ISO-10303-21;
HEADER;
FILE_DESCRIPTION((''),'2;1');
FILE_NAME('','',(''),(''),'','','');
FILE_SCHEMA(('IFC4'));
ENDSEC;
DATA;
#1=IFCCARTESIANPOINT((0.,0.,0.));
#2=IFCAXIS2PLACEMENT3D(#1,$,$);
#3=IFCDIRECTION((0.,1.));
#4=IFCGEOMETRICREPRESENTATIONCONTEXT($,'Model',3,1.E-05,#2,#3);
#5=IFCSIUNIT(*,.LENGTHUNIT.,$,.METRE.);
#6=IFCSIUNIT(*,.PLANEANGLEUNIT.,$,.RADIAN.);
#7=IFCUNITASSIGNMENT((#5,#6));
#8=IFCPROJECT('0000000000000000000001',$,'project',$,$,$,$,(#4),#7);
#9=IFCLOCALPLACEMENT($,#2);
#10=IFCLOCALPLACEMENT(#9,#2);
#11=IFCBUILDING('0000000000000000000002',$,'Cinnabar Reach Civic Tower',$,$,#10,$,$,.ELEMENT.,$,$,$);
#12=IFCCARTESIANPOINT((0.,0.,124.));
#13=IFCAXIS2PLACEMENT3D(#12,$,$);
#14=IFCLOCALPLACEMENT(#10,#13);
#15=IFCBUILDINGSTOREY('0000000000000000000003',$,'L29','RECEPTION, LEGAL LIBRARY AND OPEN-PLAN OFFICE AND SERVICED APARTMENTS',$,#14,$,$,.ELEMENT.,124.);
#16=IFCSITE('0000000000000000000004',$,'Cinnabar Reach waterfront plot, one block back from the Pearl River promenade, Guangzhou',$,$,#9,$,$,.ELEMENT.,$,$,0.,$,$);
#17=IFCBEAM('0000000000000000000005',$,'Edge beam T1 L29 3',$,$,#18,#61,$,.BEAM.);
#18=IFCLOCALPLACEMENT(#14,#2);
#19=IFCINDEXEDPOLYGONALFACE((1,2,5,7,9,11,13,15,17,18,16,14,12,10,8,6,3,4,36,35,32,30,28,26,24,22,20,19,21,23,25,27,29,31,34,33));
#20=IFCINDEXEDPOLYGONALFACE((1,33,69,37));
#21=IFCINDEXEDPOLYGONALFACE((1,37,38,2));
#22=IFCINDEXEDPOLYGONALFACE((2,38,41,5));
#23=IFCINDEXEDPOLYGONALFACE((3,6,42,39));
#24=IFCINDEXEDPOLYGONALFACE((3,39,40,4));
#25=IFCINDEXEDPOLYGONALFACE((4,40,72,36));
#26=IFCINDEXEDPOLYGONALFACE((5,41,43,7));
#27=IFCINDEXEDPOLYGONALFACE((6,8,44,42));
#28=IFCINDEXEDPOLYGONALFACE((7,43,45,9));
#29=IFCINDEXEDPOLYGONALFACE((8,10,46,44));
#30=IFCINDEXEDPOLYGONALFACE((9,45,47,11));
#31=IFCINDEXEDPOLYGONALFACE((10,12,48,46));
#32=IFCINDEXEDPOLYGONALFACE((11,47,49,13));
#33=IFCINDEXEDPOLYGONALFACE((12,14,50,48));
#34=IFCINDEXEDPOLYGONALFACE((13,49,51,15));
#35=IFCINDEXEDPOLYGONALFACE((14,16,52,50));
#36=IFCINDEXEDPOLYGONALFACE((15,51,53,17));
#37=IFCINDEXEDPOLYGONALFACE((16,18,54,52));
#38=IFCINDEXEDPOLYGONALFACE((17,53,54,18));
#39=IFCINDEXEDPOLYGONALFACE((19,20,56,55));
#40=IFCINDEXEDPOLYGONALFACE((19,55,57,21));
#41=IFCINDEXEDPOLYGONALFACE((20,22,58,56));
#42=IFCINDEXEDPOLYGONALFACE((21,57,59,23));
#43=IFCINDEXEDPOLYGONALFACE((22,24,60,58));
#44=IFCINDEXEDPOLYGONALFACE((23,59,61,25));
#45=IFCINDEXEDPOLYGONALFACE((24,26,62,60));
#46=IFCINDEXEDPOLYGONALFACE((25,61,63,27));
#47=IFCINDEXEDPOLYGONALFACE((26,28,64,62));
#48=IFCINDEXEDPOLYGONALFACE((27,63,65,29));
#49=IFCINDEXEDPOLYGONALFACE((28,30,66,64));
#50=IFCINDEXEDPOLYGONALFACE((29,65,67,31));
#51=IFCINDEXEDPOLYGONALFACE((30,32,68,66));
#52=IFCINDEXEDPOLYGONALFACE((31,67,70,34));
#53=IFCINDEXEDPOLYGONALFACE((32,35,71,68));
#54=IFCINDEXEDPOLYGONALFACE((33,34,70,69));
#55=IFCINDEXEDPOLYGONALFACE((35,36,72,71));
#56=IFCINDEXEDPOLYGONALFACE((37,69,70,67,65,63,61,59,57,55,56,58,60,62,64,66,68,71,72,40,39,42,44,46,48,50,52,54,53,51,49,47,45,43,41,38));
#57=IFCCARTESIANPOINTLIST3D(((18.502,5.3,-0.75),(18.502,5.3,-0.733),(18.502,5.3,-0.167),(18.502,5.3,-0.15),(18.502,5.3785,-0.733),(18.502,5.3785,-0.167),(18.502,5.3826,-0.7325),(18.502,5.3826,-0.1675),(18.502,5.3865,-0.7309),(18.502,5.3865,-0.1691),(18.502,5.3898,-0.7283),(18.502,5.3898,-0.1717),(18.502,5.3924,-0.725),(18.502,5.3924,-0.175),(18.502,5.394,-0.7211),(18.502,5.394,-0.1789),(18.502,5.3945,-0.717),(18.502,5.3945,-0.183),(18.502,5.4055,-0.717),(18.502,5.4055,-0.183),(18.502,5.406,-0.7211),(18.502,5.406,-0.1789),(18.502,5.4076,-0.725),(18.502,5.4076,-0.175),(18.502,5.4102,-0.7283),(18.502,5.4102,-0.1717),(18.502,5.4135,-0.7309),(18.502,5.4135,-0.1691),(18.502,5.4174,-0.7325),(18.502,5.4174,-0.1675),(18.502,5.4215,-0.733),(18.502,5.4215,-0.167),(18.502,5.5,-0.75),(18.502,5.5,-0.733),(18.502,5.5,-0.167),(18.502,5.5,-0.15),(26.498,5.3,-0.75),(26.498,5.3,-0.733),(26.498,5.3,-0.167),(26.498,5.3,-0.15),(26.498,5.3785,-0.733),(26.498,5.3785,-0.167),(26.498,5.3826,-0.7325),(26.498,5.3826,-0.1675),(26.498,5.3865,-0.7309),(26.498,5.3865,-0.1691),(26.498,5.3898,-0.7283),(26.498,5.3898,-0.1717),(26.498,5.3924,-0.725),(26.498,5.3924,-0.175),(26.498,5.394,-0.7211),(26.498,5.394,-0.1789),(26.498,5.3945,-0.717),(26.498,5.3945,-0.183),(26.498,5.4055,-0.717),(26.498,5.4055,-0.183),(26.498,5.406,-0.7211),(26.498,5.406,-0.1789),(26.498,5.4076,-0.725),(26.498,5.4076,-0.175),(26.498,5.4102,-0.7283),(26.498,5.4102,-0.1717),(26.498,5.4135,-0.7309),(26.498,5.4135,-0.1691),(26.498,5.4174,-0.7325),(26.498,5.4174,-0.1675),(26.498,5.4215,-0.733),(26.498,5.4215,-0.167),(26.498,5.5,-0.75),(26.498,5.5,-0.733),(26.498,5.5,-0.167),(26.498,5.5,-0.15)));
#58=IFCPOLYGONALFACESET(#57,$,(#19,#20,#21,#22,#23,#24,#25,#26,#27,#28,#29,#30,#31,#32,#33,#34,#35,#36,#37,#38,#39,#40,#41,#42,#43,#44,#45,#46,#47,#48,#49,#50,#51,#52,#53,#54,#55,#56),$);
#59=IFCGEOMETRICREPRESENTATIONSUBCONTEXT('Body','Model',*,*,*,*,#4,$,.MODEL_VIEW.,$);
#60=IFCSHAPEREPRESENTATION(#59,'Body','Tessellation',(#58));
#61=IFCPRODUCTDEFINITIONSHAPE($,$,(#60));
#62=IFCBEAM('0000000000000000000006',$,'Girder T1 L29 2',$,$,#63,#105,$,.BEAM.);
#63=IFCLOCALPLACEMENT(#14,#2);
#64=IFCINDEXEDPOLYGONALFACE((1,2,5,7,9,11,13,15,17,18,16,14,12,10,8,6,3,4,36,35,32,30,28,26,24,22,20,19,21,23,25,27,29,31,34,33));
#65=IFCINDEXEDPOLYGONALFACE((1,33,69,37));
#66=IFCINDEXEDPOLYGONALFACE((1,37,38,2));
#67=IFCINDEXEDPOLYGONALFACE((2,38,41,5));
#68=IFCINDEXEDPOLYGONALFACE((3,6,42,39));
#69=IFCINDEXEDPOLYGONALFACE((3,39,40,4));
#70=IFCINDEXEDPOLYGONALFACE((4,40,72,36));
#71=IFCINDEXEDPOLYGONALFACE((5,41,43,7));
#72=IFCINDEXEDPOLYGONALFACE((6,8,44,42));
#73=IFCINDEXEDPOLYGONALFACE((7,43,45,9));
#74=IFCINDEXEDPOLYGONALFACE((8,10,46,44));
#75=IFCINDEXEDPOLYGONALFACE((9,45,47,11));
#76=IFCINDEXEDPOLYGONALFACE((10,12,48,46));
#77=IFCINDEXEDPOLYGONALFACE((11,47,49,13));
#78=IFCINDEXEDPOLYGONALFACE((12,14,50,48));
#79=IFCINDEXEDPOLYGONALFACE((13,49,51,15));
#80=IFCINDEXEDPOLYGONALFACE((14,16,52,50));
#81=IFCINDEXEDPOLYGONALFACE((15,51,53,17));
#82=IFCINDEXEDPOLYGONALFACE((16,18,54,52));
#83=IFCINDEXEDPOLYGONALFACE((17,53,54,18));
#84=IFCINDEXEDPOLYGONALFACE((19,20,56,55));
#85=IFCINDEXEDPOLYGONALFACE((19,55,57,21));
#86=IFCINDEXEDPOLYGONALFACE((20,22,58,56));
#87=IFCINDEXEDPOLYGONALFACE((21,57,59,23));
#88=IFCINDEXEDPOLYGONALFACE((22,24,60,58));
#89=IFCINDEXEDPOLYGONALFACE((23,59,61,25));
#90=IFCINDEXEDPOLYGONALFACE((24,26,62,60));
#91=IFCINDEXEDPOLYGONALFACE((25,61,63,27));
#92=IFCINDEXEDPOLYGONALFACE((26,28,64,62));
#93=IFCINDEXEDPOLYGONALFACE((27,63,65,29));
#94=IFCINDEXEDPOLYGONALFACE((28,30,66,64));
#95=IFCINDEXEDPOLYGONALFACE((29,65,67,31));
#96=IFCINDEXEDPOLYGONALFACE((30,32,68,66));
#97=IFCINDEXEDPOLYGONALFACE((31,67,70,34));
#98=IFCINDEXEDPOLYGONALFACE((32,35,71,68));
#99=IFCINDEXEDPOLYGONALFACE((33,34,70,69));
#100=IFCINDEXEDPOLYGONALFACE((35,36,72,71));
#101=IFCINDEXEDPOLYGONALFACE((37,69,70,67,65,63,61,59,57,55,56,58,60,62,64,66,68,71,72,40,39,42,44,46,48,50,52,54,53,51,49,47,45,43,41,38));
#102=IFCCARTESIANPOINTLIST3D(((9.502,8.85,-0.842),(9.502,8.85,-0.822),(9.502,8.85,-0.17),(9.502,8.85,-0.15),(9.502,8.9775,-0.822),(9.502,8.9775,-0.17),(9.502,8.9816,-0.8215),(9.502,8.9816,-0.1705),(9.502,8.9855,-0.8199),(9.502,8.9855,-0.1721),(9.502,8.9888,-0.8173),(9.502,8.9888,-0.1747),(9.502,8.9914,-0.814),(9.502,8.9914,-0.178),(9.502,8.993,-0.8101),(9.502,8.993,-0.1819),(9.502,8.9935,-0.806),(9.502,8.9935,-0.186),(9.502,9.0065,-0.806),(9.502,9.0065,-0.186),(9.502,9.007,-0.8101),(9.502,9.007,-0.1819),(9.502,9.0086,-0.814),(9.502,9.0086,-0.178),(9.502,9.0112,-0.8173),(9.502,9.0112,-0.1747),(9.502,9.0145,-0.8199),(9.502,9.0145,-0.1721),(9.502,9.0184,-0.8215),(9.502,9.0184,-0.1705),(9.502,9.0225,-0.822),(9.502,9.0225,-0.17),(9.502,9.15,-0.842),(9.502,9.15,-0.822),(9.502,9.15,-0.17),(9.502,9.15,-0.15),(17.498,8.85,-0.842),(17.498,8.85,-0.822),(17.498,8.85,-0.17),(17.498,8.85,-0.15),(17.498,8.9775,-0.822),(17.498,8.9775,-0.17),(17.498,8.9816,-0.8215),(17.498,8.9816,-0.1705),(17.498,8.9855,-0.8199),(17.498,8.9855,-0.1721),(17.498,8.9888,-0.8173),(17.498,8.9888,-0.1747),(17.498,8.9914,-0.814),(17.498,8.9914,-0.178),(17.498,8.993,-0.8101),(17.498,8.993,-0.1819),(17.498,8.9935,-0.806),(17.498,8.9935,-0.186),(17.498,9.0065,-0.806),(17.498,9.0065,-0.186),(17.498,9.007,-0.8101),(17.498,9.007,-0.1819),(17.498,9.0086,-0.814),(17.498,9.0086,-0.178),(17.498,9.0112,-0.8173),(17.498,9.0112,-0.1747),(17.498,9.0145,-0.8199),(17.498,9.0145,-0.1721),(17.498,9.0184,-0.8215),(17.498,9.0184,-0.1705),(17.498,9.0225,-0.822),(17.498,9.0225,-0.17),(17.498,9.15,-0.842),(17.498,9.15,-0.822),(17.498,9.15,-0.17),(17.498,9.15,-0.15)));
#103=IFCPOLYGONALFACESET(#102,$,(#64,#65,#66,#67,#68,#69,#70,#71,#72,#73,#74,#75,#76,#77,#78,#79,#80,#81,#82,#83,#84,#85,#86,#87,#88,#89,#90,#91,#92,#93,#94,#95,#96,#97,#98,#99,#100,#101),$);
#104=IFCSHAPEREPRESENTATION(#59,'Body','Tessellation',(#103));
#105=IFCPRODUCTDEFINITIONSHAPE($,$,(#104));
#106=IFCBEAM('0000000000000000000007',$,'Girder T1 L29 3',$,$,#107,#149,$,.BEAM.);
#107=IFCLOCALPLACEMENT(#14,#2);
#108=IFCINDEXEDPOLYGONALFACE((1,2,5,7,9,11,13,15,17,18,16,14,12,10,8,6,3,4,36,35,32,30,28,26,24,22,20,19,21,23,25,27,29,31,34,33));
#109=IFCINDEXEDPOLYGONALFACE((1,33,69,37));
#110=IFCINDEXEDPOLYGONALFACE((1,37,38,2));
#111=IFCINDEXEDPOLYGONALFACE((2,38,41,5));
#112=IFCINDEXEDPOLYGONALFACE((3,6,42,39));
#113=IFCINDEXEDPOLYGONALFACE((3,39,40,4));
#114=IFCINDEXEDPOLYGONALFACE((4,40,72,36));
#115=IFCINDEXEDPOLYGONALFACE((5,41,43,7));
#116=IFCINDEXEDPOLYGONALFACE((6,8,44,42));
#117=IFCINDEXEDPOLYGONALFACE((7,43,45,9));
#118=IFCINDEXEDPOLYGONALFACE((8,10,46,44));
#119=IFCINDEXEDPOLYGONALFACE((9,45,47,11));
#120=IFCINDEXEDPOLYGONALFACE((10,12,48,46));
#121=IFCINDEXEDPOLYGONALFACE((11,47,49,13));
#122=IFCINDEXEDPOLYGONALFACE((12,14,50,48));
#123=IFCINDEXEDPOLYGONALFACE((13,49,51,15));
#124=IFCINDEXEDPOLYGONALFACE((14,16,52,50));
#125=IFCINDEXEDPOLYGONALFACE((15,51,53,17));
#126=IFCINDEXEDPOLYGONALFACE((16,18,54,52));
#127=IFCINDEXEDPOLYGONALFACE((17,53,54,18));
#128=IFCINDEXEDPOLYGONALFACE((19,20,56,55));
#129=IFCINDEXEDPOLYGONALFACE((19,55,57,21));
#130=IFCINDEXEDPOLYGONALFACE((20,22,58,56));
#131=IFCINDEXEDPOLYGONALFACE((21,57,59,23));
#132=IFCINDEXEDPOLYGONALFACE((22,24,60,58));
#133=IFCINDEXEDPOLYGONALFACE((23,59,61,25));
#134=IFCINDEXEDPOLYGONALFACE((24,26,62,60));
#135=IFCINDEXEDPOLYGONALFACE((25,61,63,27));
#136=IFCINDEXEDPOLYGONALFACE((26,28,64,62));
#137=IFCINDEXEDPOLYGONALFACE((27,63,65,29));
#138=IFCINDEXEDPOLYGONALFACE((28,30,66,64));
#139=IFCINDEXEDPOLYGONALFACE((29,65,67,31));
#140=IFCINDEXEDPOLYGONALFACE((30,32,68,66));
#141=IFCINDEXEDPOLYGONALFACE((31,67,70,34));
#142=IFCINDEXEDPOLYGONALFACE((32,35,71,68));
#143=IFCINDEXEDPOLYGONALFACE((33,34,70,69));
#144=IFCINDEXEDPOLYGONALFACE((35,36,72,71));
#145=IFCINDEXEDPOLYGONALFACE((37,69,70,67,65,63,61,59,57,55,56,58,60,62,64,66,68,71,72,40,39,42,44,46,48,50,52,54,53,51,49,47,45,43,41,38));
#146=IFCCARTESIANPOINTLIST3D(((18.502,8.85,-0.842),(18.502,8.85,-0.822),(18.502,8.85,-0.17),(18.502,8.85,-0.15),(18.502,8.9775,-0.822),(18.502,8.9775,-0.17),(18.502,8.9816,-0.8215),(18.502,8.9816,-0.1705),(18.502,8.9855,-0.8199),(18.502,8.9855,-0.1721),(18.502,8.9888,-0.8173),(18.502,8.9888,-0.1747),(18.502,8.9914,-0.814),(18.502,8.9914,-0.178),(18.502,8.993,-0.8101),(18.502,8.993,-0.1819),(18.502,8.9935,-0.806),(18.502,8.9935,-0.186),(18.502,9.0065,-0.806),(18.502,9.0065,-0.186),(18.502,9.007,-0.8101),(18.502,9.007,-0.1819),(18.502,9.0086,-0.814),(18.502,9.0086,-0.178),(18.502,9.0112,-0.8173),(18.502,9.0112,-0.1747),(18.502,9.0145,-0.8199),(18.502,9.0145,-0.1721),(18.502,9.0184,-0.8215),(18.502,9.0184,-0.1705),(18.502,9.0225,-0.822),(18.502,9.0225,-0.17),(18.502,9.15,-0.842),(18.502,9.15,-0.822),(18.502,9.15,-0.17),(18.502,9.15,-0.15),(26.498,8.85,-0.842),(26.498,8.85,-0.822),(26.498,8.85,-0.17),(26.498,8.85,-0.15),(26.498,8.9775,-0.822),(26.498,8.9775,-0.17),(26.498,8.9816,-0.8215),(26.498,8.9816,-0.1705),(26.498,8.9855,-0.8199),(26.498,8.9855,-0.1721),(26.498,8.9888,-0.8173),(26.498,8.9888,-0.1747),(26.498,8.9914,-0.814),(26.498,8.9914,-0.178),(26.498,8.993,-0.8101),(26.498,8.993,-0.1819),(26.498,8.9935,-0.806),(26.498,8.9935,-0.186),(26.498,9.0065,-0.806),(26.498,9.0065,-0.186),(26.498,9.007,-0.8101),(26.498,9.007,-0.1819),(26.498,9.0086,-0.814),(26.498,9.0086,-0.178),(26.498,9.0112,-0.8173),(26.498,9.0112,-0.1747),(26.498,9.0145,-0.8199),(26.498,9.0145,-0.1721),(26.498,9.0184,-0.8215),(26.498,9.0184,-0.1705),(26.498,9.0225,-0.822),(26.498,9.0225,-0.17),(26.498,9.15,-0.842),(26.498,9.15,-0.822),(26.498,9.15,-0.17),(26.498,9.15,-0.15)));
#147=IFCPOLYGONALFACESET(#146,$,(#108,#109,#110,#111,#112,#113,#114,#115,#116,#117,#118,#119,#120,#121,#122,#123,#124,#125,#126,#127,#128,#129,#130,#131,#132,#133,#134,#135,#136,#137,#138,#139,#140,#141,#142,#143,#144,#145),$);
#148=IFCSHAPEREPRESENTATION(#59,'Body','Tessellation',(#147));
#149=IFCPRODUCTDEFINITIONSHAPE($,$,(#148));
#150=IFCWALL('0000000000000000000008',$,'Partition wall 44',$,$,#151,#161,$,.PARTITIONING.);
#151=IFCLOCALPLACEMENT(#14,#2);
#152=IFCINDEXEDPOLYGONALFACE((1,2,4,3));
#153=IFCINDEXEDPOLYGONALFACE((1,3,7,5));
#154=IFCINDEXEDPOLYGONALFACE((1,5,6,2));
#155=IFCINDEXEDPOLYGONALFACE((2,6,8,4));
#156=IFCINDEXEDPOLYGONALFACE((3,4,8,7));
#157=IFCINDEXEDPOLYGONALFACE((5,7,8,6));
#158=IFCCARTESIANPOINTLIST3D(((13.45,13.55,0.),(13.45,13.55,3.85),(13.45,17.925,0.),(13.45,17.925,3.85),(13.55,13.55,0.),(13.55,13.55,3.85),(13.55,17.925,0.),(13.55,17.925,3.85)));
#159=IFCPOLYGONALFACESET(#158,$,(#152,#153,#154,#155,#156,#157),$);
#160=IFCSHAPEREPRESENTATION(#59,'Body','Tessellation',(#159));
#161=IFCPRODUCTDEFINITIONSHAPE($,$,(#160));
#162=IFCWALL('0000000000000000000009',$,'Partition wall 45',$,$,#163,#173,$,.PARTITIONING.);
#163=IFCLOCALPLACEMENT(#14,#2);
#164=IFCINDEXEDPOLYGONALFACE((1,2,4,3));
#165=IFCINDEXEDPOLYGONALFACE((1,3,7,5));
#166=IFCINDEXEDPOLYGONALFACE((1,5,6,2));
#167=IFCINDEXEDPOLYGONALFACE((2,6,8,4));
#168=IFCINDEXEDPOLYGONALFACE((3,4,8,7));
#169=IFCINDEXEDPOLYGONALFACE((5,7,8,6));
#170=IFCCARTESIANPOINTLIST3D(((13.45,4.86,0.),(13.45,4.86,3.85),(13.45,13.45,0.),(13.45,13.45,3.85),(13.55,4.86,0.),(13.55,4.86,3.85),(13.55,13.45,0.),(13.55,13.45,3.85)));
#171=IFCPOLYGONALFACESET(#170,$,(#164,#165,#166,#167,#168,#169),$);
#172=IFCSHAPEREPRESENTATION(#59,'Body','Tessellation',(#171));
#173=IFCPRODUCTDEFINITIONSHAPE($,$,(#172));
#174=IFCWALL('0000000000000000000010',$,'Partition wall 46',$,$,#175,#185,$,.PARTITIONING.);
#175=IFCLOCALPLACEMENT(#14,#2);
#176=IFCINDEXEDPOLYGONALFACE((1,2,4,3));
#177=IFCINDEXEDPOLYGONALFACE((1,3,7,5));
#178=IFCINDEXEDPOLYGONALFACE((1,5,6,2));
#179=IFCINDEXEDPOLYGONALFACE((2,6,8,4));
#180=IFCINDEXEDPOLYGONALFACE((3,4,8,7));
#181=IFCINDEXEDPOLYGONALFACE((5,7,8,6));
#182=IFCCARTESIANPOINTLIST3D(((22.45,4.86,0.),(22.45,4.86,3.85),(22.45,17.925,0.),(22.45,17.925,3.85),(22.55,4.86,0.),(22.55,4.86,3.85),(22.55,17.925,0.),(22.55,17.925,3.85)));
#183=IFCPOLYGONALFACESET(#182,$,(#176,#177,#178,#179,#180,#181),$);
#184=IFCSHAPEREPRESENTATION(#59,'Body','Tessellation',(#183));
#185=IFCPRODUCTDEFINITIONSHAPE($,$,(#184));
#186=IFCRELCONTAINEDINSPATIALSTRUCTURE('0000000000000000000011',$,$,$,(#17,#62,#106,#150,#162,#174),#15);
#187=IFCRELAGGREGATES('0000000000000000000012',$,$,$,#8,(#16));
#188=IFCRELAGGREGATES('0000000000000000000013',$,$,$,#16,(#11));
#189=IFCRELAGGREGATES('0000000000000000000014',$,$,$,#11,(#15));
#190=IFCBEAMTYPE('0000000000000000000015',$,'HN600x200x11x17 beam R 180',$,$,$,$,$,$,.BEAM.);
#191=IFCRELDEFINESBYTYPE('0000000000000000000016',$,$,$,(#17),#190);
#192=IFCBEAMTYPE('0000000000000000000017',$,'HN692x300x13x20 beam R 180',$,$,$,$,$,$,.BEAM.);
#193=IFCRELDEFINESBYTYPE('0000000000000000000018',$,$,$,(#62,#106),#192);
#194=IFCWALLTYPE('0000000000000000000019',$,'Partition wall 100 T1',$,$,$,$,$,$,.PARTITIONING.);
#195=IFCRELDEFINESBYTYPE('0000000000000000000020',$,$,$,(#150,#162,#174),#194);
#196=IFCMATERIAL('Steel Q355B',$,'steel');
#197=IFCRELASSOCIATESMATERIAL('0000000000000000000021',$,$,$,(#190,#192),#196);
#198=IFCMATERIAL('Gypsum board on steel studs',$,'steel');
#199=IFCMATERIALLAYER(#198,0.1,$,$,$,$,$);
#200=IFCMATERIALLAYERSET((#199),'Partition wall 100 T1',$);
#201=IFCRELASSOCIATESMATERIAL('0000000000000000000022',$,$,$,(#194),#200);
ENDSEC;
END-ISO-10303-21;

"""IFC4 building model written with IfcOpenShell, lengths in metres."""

from ifc_helpers import new_model, si_unit, direction, frame, frame_2d, origin, origin_2d, place, context, subcontext, project, spatial, rectangle, i_section, extrude, material, layer, layer_set, material_profile, profile_set, type_object, element, save


model = new_model("IFC4")

# Units and contexts
model_context = context("Model", 3, precision=1e-05, world=origin(), true_north=direction((0.0, 1.0)))
body_context = subcontext(model_context, "Body", "Model", "MODEL_VIEW")
ifc_project = project(units=[si_unit("LENGTHUNIT", "METRE"), si_unit("PLANEANGLEUNIT", "RADIAN")], contexts=[model_context])

# Site, building, storey
site_placement = place(None, origin())
site = spatial("IfcSite", under=ifc_project, at=site_placement, Name="Cinnabar Reach waterfront plot, one block back from the Pearl River promenade, Guangzhou", CompositionType="ELEMENT", RefElevation=0.0)
building_placement = place(site_placement, origin())
building = spatial("IfcBuilding", under=site, at=building_placement, Name="Cinnabar Reach Civic Tower", CompositionType="ELEMENT")
storey_placement = place(building_placement, frame((0.0, 0.0, 124.0)))
storey = spatial("IfcBuildingStorey", under=building, at=storey_placement, Name="L29", Description="RECEPTION, LEGAL LIBRARY AND OPEN-PLAN OFFICE AND SERVICED APARTMENTS", CompositionType="ELEMENT", Elevation=124.0)

# Beams
ifc_material_1 = material(Name="Steel Q355B", Category="steel")
ifc_material_profile_1 = material_profile(ifc_material_1, i_section(OverallWidth=0.2, OverallDepth=0.6, WebThickness=0.011, FlangeThickness=0.017, FilletRadius=0.016, at=origin_2d()), Name="HN600x200x11x17")
ifc_profile_set_1 = profile_set([ifc_material_profile_1], Name="Steel Q355B")
beam_type_1 = type_object("IfcBeamType", Name="HN600x200x11x17 beam R 180", PredefinedType="BEAM", material=ifc_profile_set_1)
for number, where, z_axis, x_axis, name in (
    (1, (18.502, 5.4, -0.45), (1.0, 0.0, 0.0), (0.0, 1.0, 0.0), "Edge beam T1 L29 3"),
):
    element("IfcBeam", number, at=place(storey_placement, frame(where, z_axis=z_axis, x_axis=x_axis)), inside=storey, type_object=beam_type_1, Name=name, PredefinedType="BEAM", context=body_context, shape_type="SweptSolid", body=[
        extrude(i_section(OverallWidth=0.2, OverallDepth=0.6, WebThickness=0.011, FlangeThickness=0.017, FilletRadius=0.016, at=origin_2d()), origin(), (0.0, 0.0, 1.0), 7.996),
    ])
ifc_material_profile_2 = material_profile(ifc_material_1, i_section(OverallWidth=0.3, OverallDepth=0.692, WebThickness=0.013, FlangeThickness=0.02, FilletRadius=0.016, at=origin_2d()), Name="HN692x300x13x20")
ifc_profile_set_2 = profile_set([ifc_material_profile_2], Name="Steel Q355B")
beam_type_2 = type_object("IfcBeamType", Name="HN692x300x13x20 beam R 180", PredefinedType="BEAM", material=ifc_profile_set_2)
for number, where, z_axis, x_axis, name in (
    (2, (9.502, 9.0, -0.496), (1.0, 0.0, 0.0), (0.0, 1.0, 0.0), "Girder T1 L29 2"),
    (3, (18.502, 9.0, -0.496), (1.0, 0.0, 0.0), (0.0, 1.0, 0.0), "Girder T1 L29 3"),
):
    element("IfcBeam", number, at=place(storey_placement, frame(where, z_axis=z_axis, x_axis=x_axis)), inside=storey, type_object=beam_type_2, Name=name, PredefinedType="BEAM", context=body_context, shape_type="SweptSolid", body=[
        extrude(i_section(OverallWidth=0.3, OverallDepth=0.692, WebThickness=0.013, FlangeThickness=0.02, FilletRadius=0.016, at=origin_2d()), origin(), (0.0, 0.0, 1.0), 7.996),
    ])

# Walls
ifc_material_2 = material(Name="Gypsum board on steel studs", Category="steel")
ifc_layer = layer(ifc_material_2, 0.1)
ifc_layer_set = layer_set([ifc_layer], Name="Partition wall 100 T1")
wall_type = type_object("IfcWallType", Name="Partition wall 100 T1", PredefinedType="PARTITIONING", material=ifc_layer_set)
wall_1_placement = place(storey_placement, frame((13.5, 13.55, 0.0), z_axis=(0.0, 0.0, 1.0), x_axis=(0.0, 1.0, 0.0)))
element("IfcWall", 4, at=wall_1_placement, inside=storey, type_object=wall_type, Name="Partition wall 44", PredefinedType="PARTITIONING", context=body_context, shape_type="SweptSolid", body=[
    extrude(rectangle(XDim=4.375, YDim=0.1, at=frame_2d((2.1875, 0.0))), origin(), (0.0, 0.0, 1.0), 3.85),
])
wall_2_placement = place(storey_placement, frame((13.5, 4.86, 0.0), z_axis=(0.0, 0.0, 1.0), x_axis=(0.0, 1.0, 0.0)))
element("IfcWall", 5, at=wall_2_placement, inside=storey, type_object=wall_type, Name="Partition wall 45", PredefinedType="PARTITIONING", context=body_context, shape_type="SweptSolid", body=[
    extrude(rectangle(XDim=8.59, YDim=0.1, at=frame_2d((4.295, 0.0))), origin(), (0.0, 0.0, 1.0), 3.85),
])
wall_3_placement = place(storey_placement, frame((22.5, 4.86, 0.0), z_axis=(0.0, 0.0, 1.0), x_axis=(0.0, 1.0, 0.0)))
element("IfcWall", 6, at=wall_3_placement, inside=storey, type_object=wall_type, Name="Partition wall 46", PredefinedType="PARTITIONING", context=body_context, shape_type="SweptSolid", body=[
    extrude(rectangle(XDim=13.065, YDim=0.1, at=frame_2d((6.5325, 0.0))), origin(), (0.0, 0.0, 1.0), 3.85),
])

save(model, "model.ifc")
